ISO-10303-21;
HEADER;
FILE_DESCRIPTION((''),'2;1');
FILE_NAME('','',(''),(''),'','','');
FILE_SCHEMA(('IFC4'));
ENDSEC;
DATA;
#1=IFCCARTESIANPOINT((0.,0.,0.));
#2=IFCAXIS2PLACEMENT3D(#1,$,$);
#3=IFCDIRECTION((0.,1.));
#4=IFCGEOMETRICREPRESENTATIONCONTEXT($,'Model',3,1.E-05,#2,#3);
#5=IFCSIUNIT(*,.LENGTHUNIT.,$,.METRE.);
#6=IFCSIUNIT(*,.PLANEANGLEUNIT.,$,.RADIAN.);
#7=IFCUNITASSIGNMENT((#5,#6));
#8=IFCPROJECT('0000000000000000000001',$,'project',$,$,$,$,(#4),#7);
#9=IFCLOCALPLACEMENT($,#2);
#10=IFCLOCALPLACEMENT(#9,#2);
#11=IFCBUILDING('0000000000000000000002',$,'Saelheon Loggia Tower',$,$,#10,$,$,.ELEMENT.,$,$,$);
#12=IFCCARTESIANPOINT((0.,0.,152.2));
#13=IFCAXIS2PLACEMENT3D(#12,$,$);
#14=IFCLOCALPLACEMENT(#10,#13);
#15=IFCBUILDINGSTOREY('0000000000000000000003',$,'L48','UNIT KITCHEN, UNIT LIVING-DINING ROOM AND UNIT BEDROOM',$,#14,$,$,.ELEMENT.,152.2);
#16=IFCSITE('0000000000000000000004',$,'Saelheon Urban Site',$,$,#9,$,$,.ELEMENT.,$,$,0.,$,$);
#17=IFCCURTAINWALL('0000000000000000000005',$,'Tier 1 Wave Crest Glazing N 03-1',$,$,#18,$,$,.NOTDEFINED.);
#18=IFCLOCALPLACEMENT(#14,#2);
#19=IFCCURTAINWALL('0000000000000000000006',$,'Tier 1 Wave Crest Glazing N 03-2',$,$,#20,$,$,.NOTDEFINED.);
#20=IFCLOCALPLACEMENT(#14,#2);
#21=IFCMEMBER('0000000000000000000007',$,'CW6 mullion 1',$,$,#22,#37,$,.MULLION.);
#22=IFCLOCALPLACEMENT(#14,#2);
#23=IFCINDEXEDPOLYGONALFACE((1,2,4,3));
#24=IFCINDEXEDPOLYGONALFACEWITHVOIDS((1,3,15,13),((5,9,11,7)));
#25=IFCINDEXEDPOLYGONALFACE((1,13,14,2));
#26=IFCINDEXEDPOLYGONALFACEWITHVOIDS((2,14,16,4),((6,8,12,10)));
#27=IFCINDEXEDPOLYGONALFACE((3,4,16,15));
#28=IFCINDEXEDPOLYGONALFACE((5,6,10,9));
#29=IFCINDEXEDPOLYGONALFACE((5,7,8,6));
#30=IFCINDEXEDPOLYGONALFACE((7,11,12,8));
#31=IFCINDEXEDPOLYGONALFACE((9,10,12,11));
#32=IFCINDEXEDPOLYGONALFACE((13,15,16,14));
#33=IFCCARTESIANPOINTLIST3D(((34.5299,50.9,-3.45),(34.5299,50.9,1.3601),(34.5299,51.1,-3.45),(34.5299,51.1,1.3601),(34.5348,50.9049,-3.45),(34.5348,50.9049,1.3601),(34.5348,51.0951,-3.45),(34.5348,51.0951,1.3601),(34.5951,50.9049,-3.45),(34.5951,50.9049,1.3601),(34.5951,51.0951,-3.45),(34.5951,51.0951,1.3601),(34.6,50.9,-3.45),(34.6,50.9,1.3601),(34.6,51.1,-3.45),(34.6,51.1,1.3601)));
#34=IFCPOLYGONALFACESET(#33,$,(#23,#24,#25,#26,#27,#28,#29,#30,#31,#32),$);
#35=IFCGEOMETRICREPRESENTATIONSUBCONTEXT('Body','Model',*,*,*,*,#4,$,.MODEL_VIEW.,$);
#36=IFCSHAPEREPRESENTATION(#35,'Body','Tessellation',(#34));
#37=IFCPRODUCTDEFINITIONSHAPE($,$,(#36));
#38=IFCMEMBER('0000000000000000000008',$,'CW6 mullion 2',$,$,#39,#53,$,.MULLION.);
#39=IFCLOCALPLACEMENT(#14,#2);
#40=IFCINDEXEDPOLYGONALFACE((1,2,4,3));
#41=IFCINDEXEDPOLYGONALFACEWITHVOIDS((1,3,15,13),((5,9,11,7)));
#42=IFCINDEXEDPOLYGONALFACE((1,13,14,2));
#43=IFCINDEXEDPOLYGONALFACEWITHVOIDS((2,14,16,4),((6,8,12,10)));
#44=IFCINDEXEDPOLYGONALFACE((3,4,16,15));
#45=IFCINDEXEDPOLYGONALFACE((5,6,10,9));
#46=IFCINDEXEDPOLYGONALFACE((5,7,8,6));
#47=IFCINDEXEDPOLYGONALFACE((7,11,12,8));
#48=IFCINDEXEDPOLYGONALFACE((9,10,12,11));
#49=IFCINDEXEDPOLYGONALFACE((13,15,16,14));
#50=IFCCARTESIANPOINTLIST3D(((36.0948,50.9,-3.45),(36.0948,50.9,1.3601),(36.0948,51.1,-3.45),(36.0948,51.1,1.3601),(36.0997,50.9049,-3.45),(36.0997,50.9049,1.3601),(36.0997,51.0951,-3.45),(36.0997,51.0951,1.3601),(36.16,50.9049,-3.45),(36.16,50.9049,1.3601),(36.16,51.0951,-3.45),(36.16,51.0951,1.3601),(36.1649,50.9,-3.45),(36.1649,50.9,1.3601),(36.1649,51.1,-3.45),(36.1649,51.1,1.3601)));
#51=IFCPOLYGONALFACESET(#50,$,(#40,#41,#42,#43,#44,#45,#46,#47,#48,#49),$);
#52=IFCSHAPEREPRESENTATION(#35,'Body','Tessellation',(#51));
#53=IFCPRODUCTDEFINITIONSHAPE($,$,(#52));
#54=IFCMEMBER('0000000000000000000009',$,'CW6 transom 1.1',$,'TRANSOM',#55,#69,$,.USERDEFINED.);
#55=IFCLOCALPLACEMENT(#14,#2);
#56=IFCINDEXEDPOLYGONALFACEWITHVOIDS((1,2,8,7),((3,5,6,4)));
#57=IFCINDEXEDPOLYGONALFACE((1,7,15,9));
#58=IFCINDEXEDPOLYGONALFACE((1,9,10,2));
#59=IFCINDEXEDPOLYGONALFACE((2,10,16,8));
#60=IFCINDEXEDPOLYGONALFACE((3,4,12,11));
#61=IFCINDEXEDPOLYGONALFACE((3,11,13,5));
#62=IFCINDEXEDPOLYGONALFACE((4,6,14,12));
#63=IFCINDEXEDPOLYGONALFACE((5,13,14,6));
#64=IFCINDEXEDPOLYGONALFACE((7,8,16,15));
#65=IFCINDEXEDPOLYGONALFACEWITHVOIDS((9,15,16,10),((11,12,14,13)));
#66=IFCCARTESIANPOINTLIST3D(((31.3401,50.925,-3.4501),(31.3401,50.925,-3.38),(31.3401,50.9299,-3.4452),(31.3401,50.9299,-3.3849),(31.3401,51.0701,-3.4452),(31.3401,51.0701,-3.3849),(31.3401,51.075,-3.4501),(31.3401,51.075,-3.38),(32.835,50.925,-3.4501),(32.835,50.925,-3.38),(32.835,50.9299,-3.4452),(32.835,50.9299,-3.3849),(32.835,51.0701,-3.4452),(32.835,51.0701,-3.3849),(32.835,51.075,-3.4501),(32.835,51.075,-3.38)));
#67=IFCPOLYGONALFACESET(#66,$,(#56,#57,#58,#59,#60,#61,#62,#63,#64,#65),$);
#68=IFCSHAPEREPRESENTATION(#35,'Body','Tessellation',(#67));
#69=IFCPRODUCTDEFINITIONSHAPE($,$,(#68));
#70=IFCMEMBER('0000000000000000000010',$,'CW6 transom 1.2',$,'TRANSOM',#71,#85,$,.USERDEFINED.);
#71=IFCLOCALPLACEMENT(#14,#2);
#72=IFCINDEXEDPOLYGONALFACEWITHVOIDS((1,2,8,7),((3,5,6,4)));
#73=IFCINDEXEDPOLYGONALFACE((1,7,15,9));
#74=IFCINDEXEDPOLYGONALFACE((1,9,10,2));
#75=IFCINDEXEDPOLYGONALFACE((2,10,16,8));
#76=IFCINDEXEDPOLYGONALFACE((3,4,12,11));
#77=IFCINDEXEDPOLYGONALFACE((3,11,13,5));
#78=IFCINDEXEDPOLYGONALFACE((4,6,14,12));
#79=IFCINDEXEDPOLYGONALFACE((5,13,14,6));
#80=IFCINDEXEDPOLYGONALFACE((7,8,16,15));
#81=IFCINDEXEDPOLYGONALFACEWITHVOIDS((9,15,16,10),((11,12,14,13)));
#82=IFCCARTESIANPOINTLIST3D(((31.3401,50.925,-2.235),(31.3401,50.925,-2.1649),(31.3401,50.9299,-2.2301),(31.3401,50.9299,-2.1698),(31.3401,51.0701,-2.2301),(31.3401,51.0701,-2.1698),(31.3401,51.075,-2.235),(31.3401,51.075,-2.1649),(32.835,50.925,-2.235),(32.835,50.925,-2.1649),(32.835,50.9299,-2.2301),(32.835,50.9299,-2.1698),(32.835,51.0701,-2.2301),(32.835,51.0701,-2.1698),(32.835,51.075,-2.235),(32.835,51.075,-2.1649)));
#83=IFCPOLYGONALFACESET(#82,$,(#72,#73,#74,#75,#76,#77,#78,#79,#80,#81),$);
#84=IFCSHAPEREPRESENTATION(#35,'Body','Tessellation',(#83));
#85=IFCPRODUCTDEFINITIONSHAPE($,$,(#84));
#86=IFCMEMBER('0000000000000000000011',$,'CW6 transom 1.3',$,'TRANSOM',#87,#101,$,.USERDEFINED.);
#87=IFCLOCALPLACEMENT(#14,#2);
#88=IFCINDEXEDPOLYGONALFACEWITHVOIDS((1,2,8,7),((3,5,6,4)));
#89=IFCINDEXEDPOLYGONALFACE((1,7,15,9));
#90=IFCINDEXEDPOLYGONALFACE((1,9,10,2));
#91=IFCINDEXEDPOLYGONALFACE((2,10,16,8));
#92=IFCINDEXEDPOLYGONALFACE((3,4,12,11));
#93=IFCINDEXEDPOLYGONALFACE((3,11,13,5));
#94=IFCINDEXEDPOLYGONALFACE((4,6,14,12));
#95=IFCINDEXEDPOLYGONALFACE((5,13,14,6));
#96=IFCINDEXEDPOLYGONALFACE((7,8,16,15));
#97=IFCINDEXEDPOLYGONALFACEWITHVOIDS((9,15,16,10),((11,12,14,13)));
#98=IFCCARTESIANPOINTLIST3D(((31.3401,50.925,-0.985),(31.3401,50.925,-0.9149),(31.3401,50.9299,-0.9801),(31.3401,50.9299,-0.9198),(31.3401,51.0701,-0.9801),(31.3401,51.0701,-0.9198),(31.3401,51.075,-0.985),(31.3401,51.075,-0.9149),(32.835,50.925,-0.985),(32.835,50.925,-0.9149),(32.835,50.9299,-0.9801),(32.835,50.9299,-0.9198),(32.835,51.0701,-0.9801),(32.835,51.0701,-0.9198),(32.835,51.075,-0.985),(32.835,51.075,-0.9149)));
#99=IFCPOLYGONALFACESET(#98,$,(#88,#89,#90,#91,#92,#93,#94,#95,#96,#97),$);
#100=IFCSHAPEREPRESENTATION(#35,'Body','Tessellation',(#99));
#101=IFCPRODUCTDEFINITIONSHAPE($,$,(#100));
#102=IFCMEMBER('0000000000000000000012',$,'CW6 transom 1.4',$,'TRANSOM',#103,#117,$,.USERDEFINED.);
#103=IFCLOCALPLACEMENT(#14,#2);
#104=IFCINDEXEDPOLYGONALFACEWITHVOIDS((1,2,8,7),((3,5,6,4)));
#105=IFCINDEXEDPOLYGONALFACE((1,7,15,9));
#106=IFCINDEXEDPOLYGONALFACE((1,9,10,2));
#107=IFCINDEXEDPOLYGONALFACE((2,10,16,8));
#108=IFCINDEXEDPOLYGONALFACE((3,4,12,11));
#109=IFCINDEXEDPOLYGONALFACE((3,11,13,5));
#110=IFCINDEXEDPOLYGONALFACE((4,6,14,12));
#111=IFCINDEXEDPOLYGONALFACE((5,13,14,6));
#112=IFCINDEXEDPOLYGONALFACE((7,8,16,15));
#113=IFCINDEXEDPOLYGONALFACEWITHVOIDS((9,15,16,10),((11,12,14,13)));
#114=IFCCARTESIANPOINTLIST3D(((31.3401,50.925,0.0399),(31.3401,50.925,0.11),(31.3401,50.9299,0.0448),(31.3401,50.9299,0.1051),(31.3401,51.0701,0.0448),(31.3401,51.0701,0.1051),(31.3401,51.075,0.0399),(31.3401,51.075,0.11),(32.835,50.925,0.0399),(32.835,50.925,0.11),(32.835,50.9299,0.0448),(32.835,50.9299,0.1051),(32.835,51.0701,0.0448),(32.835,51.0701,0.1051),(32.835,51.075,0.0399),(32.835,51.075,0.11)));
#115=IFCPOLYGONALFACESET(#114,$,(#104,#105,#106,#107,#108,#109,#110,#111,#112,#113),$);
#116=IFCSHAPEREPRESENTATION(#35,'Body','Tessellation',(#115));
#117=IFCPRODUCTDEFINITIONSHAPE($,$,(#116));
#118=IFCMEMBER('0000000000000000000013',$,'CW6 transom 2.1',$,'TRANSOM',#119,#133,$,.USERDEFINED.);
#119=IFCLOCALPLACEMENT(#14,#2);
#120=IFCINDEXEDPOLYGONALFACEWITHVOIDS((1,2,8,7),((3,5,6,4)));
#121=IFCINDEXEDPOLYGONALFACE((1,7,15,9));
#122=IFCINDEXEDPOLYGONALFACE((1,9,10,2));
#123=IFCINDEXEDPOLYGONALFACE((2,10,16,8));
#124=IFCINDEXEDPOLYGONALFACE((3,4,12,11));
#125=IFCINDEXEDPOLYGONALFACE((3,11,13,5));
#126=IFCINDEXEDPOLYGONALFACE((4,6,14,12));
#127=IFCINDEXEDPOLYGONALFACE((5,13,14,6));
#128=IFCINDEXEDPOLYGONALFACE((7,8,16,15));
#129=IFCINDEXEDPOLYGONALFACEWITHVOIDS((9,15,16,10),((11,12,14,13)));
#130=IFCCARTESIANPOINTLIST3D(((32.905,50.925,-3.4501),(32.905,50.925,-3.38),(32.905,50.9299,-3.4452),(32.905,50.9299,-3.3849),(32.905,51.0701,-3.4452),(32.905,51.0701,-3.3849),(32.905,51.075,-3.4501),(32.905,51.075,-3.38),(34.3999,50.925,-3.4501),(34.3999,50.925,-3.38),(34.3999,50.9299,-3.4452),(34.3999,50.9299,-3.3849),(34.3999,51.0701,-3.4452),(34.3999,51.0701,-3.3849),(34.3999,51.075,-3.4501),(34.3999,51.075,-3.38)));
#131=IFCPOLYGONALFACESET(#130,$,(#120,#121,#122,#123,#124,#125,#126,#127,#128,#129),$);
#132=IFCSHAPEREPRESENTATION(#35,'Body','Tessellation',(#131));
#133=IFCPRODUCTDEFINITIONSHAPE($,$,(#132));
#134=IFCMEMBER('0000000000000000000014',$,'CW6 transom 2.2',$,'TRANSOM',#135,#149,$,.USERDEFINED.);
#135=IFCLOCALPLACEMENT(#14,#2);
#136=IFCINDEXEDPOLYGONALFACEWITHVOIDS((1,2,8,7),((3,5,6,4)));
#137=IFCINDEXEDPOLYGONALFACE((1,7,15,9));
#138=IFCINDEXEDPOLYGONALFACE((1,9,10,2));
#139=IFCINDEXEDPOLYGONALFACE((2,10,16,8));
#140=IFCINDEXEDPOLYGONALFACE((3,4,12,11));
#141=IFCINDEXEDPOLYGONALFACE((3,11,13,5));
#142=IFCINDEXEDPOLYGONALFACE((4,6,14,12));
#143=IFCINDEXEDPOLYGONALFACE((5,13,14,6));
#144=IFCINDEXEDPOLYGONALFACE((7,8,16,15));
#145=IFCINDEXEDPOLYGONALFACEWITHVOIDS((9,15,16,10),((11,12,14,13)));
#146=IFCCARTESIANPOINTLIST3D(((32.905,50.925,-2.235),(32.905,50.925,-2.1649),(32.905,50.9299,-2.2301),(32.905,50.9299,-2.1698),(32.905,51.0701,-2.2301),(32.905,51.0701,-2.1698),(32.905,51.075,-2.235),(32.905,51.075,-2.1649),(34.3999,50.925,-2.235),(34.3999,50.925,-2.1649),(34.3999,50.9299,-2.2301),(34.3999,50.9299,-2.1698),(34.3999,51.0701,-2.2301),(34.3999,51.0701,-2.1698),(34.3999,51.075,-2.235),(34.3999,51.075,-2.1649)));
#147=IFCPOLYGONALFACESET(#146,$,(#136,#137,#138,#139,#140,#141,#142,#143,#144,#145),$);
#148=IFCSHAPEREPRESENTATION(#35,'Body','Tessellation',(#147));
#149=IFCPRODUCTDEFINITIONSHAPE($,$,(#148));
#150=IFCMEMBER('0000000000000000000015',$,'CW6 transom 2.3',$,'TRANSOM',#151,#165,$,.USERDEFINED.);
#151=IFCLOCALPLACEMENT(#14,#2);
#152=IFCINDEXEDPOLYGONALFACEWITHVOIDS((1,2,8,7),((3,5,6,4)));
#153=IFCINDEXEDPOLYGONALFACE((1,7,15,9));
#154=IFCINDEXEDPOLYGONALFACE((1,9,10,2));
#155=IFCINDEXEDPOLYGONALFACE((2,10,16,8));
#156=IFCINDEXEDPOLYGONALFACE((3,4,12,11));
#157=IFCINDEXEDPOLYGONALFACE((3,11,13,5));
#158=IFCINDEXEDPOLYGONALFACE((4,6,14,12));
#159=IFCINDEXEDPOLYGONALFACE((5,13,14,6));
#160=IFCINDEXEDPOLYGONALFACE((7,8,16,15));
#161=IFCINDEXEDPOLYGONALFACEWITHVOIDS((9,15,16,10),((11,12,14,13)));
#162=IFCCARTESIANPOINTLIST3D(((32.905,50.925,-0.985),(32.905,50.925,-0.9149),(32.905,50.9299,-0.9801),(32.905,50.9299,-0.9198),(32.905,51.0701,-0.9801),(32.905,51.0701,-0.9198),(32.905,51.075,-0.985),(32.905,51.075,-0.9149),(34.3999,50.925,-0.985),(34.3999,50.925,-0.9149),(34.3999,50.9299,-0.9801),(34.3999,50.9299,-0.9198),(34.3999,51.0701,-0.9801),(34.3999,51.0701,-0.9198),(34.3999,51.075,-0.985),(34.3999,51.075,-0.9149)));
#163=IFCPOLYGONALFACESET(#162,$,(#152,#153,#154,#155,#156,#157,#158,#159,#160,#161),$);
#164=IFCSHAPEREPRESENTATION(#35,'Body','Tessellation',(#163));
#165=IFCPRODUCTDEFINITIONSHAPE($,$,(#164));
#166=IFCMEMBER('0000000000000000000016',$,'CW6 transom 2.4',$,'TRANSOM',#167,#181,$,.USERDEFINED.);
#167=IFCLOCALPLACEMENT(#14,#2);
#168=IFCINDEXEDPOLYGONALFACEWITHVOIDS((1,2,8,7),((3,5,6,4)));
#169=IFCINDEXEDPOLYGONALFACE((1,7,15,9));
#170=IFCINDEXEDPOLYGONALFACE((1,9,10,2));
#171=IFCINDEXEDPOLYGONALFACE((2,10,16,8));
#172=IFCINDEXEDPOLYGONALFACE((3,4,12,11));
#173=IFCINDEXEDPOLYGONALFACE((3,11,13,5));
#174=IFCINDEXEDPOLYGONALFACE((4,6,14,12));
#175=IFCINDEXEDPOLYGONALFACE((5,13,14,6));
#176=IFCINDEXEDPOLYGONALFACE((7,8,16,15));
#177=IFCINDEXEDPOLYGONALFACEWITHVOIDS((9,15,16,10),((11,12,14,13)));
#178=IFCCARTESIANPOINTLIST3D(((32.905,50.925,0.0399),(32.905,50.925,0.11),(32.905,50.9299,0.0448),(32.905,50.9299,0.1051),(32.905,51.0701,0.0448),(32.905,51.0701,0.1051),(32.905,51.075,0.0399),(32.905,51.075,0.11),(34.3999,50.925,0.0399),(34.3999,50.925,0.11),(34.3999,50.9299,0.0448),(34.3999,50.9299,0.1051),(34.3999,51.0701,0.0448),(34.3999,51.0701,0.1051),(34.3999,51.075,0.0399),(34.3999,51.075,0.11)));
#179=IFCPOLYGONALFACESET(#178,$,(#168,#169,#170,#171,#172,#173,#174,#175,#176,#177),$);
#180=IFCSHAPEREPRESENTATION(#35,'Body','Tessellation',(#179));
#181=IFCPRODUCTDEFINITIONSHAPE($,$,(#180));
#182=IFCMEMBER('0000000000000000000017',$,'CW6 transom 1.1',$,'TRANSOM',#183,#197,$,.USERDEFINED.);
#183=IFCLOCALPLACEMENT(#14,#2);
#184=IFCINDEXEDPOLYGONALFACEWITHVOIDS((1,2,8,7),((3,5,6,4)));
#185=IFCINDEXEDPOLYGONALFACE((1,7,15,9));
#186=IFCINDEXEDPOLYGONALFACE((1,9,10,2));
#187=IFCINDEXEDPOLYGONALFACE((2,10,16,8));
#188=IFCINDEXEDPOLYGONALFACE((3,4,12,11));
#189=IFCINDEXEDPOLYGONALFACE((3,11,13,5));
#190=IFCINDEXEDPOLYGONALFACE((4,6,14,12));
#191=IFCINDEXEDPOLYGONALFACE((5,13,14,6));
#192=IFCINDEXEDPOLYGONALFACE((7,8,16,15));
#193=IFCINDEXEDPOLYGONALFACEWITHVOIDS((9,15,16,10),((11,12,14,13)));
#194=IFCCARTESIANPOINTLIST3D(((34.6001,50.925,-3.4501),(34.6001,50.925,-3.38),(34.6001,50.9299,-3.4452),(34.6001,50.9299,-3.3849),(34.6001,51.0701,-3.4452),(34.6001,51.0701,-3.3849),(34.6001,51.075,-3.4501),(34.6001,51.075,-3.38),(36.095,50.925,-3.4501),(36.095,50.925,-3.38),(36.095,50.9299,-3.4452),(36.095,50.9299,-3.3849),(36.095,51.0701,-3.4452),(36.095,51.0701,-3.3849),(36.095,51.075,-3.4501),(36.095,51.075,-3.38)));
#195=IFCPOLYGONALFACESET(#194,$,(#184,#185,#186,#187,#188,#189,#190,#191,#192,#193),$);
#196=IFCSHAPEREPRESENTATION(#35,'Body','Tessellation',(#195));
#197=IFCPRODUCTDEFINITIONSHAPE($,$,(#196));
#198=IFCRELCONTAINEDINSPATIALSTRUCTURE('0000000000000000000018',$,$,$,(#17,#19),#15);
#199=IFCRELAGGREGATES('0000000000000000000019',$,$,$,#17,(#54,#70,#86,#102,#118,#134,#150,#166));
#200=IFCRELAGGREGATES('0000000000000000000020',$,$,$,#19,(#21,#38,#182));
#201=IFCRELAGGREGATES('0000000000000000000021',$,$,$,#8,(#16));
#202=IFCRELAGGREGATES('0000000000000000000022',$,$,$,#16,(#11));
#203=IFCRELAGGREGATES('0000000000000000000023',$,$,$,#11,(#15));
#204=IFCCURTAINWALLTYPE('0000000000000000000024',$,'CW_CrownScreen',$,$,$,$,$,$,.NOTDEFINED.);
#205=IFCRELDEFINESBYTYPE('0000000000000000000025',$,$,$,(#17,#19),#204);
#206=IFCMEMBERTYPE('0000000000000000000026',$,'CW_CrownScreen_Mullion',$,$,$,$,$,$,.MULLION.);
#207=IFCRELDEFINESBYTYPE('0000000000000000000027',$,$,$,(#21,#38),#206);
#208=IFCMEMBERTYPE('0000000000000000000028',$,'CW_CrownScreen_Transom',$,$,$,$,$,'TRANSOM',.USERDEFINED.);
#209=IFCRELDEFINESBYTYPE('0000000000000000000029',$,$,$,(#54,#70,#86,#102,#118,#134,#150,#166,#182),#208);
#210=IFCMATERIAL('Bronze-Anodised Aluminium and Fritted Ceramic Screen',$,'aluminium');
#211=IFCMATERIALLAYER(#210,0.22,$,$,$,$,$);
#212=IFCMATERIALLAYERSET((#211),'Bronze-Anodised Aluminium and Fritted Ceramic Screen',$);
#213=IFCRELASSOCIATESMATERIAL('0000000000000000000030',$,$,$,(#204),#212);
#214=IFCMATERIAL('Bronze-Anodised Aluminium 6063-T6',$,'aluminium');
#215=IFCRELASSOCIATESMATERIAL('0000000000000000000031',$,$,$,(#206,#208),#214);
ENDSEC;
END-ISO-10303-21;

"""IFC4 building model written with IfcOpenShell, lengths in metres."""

from ifc_helpers import new_model, si_unit, direction, frame, origin, origin_2d, place, context, subcontext, project, spatial, hollow_rectangle, extrude, source, transform, mapped, material, layer, layer_set, material_profile, profile_set, type_object, element, aggregate, save


model = new_model("IFC4")

# Units and contexts
model_context = context("Model", 3, precision=1e-05, world=origin(), true_north=direction((0.0, 1.0)))
body_context = subcontext(model_context, "Body", "Model", "MODEL_VIEW")
ifc_project = project(units=[si_unit("LENGTHUNIT", "METRE"), si_unit("PLANEANGLEUNIT", "RADIAN")], contexts=[model_context])

# Site, building, storey
site_placement = place(None, origin())
site = spatial("IfcSite", under=ifc_project, at=site_placement, Name="Saelheon Urban Site", CompositionType="ELEMENT", RefElevation=0.0)
building_placement = place(site_placement, origin())
building = spatial("IfcBuilding", under=site, at=building_placement, Name="Saelheon Loggia Tower", CompositionType="ELEMENT")
storey_placement = place(building_placement, frame((0.0, 0.0, 152.2)))
storey = spatial("IfcBuildingStorey", under=building, at=storey_placement, Name="L48", Description="UNIT KITCHEN, UNIT LIVING-DINING ROOM AND UNIT BEDROOM", CompositionType="ELEMENT", Elevation=152.2)

# Shared definitions
ifc_material_1 = material(Name="Bronze-Anodised Aluminium and Fritted Ceramic Screen", Category="aluminium")
ifc_layer_1 = layer(ifc_material_1, 0.22)
ifc_layer_set_1 = layer_set([ifc_layer_1], Name="Bronze-Anodised Aluminium and Fritted Ceramic Screen")
curtain_wall_type = type_object("IfcCurtainWallType", Name="CW_CrownScreen", PredefinedType="NOTDEFINED", material=ifc_layer_set_1)
ifc_material_2 = material(Name="Bronze-Anodised Aluminium 6063-T6", Category="aluminium")
ifc_material_profile_1 = material_profile(ifc_material_2, hollow_rectangle(XDim=0.0701, YDim=0.2, WallThickness=0.0049, at=origin_2d()), Name="RHS-200x70x5")
ifc_profile_set_1 = profile_set([ifc_material_profile_1], Name="Bronze-Anodised Aluminium 6063-T6")
member_type_1 = type_object("IfcMemberType", Name="CW_CrownScreen_Mullion", PredefinedType="MULLION", material=ifc_profile_set_1)

# Curtain walls, members
curtain_wall_1_placement = place(storey_placement, origin())
curtain_wall_1 = element("IfcCurtainWall", 1, at=curtain_wall_1_placement, inside=storey, type_object=curtain_wall_type, Name="Tier 1 Wave Crest Glazing N 03-1", PredefinedType="NOTDEFINED")
curtain_wall_2_placement = place(storey_placement, origin())
curtain_wall_2 = element("IfcCurtainWall", 2, at=curtain_wall_2_placement, inside=storey, type_object=curtain_wall_type, Name="Tier 1 Wave Crest Glazing N 03-2", PredefinedType="NOTDEFINED")
shared_shape_1 = source(origin(), body_context, "Body", "SweptSolid", [
    extrude(hollow_rectangle(XDim=0.0701, YDim=0.2, WallThickness=0.0049, at=origin_2d()), origin(), (0.0, 0.0, 1.0), 4.8101),
])
member_1_placement = place(storey_placement, frame((34.5649, 51.0, -3.45), z_axis=(0.0, 0.0, 1.0), x_axis=(1.0, 0.0, 0.0)))
member_1 = element("IfcMember", 3, at=member_1_placement, type_object=member_type_1, Name="CW6 mullion 1", PredefinedType="MULLION", context=body_context, shape_type="MappedRepresentation", body=[
    mapped(shared_shape_1, transform((0.0, 0.0, 0.0), scale=1.0)),
])
member_2_placement = place(storey_placement, frame((36.1299, 51.0, -3.45), z_axis=(0.0, 0.0, 1.0), x_axis=(1.0, 0.0, 0.0)))
member_2 = element("IfcMember", 4, at=member_2_placement, type_object=member_type_1, Name="CW6 mullion 2", PredefinedType="MULLION", context=body_context, shape_type="MappedRepresentation", body=[
    mapped(shared_shape_1, transform((0.0, 0.0, 0.0), scale=1.0)),
])

# Members
ifc_material_profile_2 = material_profile(ifc_material_2, hollow_rectangle(XDim=0.0701, YDim=0.1499, WallThickness=0.0049, at=origin_2d()), Name="RHS-150x70x5")
ifc_profile_set_2 = profile_set([ifc_material_profile_2], Name="Bronze-Anodised Aluminium 6063-T6")
member_type_2 = type_object("IfcMemberType", Name="CW_CrownScreen_Transom", ElementType="TRANSOM", PredefinedType="USERDEFINED", material=ifc_profile_set_2)
shared_shape_2 = source(origin(), body_context, "Body", "SweptSolid", [
    extrude(hollow_rectangle(XDim=0.0701, YDim=0.1499, WallThickness=0.0049, at=origin_2d()), origin(), (0.0, 0.0, 1.0), 1.4949),
])
member_3_placement = place(storey_placement, frame((31.3401, 51.0, -3.415), z_axis=(1.0, 0.0, 0.0), x_axis=(0.0, 0.0, 1.0)))
member_3 = element("IfcMember", 5, at=member_3_placement, type_object=member_type_2, Name="CW6 transom 1.1", ObjectType="TRANSOM", PredefinedType="USERDEFINED", context=body_context, shape_type="MappedRepresentation", body=[
    mapped(shared_shape_2, transform((0.0, 0.0, 0.0), scale=1.0)),
])
member_4_placement = place(storey_placement, frame((31.3401, 51.0, -2.2), z_axis=(1.0, 0.0, 0.0), x_axis=(0.0, 0.0, 1.0)))
member_4 = element("IfcMember", 6, at=member_4_placement, type_object=member_type_2, Name="CW6 transom 1.2", ObjectType="TRANSOM", PredefinedType="USERDEFINED", context=body_context, shape_type="MappedRepresentation", body=[
    mapped(shared_shape_2, transform((0.0, 0.0, 0.0), scale=1.0)),
])
member_5_placement = place(storey_placement, frame((31.3401, 51.0, -0.95), z_axis=(1.0, 0.0, 0.0), x_axis=(0.0, 0.0, 1.0)))
member_5 = element("IfcMember", 7, at=member_5_placement, type_object=member_type_2, Name="CW6 transom 1.3", ObjectType="TRANSOM", PredefinedType="USERDEFINED", context=body_context, shape_type="MappedRepresentation", body=[
    mapped(shared_shape_2, transform((0.0, 0.0, 0.0), scale=1.0)),
])
member_6_placement = place(storey_placement, frame((31.3401, 51.0, 0.075), z_axis=(1.0, 0.0, 0.0), x_axis=(0.0, 0.0, 1.0)))
member_6 = element("IfcMember", 8, at=member_6_placement, type_object=member_type_2, Name="CW6 transom 1.4", ObjectType="TRANSOM", PredefinedType="USERDEFINED", context=body_context, shape_type="MappedRepresentation", body=[
    mapped(shared_shape_2, transform((0.0, 0.0, 0.0), scale=1.0)),
])
member_7_placement = place(storey_placement, frame((32.905, 51.0, -3.415), z_axis=(1.0, 0.0, 0.0), x_axis=(0.0, 0.0, 1.0)))
member_7 = element("IfcMember", 9, at=member_7_placement, type_object=member_type_2, Name="CW6 transom 2.1", ObjectType="TRANSOM", PredefinedType="USERDEFINED", context=body_context, shape_type="MappedRepresentation", body=[
    mapped(shared_shape_2, transform((0.0, 0.0, 0.0), scale=1.0)),
])
member_8_placement = place(storey_placement, frame((32.905, 51.0, -2.2), z_axis=(1.0, 0.0, 0.0), x_axis=(0.0, 0.0, 1.0)))
member_8 = element("IfcMember", 10, at=member_8_placement, type_object=member_type_2, Name="CW6 transom 2.2", ObjectType="TRANSOM", PredefinedType="USERDEFINED", context=body_context, shape_type="MappedRepresentation", body=[
    mapped(shared_shape_2, transform((0.0, 0.0, 0.0), scale=1.0)),
])
member_9_placement = place(storey_placement, frame((32.905, 51.0, -0.95), z_axis=(1.0, 0.0, 0.0), x_axis=(0.0, 0.0, 1.0)))
member_9 = element("IfcMember", 11, at=member_9_placement, type_object=member_type_2, Name="CW6 transom 2.3", ObjectType="TRANSOM", PredefinedType="USERDEFINED", context=body_context, shape_type="MappedRepresentation", body=[
    mapped(shared_shape_2, transform((0.0, 0.0, 0.0), scale=1.0)),
])
member_10_placement = place(storey_placement, frame((32.905, 51.0, 0.075), z_axis=(1.0, 0.0, 0.0), x_axis=(0.0, 0.0, 1.0)))
member_10 = element("IfcMember", 12, at=member_10_placement, type_object=member_type_2, Name="CW6 transom 2.4", ObjectType="TRANSOM", PredefinedType="USERDEFINED", context=body_context, shape_type="MappedRepresentation", body=[
    mapped(shared_shape_2, transform((0.0, 0.0, 0.0), scale=1.0)),
])
member_11_placement = place(storey_placement, frame((34.6001, 51.0, -3.415), z_axis=(1.0, 0.0, 0.0), x_axis=(0.0, 0.0, 1.0)))
member_11 = element("IfcMember", 13, at=member_11_placement, type_object=member_type_2, Name="CW6 transom 1.1", ObjectType="TRANSOM", PredefinedType="USERDEFINED", context=body_context, shape_type="MappedRepresentation", body=[
    mapped(shared_shape_2, transform((0.0, 0.0, 0.0), scale=1.0)),
])

aggregate(curtain_wall_1, [member_3, member_4, member_5, member_6, member_7, member_8, member_9, member_10])
aggregate(curtain_wall_2, [member_1, member_2, member_11])

save(model, "model.ifc")
